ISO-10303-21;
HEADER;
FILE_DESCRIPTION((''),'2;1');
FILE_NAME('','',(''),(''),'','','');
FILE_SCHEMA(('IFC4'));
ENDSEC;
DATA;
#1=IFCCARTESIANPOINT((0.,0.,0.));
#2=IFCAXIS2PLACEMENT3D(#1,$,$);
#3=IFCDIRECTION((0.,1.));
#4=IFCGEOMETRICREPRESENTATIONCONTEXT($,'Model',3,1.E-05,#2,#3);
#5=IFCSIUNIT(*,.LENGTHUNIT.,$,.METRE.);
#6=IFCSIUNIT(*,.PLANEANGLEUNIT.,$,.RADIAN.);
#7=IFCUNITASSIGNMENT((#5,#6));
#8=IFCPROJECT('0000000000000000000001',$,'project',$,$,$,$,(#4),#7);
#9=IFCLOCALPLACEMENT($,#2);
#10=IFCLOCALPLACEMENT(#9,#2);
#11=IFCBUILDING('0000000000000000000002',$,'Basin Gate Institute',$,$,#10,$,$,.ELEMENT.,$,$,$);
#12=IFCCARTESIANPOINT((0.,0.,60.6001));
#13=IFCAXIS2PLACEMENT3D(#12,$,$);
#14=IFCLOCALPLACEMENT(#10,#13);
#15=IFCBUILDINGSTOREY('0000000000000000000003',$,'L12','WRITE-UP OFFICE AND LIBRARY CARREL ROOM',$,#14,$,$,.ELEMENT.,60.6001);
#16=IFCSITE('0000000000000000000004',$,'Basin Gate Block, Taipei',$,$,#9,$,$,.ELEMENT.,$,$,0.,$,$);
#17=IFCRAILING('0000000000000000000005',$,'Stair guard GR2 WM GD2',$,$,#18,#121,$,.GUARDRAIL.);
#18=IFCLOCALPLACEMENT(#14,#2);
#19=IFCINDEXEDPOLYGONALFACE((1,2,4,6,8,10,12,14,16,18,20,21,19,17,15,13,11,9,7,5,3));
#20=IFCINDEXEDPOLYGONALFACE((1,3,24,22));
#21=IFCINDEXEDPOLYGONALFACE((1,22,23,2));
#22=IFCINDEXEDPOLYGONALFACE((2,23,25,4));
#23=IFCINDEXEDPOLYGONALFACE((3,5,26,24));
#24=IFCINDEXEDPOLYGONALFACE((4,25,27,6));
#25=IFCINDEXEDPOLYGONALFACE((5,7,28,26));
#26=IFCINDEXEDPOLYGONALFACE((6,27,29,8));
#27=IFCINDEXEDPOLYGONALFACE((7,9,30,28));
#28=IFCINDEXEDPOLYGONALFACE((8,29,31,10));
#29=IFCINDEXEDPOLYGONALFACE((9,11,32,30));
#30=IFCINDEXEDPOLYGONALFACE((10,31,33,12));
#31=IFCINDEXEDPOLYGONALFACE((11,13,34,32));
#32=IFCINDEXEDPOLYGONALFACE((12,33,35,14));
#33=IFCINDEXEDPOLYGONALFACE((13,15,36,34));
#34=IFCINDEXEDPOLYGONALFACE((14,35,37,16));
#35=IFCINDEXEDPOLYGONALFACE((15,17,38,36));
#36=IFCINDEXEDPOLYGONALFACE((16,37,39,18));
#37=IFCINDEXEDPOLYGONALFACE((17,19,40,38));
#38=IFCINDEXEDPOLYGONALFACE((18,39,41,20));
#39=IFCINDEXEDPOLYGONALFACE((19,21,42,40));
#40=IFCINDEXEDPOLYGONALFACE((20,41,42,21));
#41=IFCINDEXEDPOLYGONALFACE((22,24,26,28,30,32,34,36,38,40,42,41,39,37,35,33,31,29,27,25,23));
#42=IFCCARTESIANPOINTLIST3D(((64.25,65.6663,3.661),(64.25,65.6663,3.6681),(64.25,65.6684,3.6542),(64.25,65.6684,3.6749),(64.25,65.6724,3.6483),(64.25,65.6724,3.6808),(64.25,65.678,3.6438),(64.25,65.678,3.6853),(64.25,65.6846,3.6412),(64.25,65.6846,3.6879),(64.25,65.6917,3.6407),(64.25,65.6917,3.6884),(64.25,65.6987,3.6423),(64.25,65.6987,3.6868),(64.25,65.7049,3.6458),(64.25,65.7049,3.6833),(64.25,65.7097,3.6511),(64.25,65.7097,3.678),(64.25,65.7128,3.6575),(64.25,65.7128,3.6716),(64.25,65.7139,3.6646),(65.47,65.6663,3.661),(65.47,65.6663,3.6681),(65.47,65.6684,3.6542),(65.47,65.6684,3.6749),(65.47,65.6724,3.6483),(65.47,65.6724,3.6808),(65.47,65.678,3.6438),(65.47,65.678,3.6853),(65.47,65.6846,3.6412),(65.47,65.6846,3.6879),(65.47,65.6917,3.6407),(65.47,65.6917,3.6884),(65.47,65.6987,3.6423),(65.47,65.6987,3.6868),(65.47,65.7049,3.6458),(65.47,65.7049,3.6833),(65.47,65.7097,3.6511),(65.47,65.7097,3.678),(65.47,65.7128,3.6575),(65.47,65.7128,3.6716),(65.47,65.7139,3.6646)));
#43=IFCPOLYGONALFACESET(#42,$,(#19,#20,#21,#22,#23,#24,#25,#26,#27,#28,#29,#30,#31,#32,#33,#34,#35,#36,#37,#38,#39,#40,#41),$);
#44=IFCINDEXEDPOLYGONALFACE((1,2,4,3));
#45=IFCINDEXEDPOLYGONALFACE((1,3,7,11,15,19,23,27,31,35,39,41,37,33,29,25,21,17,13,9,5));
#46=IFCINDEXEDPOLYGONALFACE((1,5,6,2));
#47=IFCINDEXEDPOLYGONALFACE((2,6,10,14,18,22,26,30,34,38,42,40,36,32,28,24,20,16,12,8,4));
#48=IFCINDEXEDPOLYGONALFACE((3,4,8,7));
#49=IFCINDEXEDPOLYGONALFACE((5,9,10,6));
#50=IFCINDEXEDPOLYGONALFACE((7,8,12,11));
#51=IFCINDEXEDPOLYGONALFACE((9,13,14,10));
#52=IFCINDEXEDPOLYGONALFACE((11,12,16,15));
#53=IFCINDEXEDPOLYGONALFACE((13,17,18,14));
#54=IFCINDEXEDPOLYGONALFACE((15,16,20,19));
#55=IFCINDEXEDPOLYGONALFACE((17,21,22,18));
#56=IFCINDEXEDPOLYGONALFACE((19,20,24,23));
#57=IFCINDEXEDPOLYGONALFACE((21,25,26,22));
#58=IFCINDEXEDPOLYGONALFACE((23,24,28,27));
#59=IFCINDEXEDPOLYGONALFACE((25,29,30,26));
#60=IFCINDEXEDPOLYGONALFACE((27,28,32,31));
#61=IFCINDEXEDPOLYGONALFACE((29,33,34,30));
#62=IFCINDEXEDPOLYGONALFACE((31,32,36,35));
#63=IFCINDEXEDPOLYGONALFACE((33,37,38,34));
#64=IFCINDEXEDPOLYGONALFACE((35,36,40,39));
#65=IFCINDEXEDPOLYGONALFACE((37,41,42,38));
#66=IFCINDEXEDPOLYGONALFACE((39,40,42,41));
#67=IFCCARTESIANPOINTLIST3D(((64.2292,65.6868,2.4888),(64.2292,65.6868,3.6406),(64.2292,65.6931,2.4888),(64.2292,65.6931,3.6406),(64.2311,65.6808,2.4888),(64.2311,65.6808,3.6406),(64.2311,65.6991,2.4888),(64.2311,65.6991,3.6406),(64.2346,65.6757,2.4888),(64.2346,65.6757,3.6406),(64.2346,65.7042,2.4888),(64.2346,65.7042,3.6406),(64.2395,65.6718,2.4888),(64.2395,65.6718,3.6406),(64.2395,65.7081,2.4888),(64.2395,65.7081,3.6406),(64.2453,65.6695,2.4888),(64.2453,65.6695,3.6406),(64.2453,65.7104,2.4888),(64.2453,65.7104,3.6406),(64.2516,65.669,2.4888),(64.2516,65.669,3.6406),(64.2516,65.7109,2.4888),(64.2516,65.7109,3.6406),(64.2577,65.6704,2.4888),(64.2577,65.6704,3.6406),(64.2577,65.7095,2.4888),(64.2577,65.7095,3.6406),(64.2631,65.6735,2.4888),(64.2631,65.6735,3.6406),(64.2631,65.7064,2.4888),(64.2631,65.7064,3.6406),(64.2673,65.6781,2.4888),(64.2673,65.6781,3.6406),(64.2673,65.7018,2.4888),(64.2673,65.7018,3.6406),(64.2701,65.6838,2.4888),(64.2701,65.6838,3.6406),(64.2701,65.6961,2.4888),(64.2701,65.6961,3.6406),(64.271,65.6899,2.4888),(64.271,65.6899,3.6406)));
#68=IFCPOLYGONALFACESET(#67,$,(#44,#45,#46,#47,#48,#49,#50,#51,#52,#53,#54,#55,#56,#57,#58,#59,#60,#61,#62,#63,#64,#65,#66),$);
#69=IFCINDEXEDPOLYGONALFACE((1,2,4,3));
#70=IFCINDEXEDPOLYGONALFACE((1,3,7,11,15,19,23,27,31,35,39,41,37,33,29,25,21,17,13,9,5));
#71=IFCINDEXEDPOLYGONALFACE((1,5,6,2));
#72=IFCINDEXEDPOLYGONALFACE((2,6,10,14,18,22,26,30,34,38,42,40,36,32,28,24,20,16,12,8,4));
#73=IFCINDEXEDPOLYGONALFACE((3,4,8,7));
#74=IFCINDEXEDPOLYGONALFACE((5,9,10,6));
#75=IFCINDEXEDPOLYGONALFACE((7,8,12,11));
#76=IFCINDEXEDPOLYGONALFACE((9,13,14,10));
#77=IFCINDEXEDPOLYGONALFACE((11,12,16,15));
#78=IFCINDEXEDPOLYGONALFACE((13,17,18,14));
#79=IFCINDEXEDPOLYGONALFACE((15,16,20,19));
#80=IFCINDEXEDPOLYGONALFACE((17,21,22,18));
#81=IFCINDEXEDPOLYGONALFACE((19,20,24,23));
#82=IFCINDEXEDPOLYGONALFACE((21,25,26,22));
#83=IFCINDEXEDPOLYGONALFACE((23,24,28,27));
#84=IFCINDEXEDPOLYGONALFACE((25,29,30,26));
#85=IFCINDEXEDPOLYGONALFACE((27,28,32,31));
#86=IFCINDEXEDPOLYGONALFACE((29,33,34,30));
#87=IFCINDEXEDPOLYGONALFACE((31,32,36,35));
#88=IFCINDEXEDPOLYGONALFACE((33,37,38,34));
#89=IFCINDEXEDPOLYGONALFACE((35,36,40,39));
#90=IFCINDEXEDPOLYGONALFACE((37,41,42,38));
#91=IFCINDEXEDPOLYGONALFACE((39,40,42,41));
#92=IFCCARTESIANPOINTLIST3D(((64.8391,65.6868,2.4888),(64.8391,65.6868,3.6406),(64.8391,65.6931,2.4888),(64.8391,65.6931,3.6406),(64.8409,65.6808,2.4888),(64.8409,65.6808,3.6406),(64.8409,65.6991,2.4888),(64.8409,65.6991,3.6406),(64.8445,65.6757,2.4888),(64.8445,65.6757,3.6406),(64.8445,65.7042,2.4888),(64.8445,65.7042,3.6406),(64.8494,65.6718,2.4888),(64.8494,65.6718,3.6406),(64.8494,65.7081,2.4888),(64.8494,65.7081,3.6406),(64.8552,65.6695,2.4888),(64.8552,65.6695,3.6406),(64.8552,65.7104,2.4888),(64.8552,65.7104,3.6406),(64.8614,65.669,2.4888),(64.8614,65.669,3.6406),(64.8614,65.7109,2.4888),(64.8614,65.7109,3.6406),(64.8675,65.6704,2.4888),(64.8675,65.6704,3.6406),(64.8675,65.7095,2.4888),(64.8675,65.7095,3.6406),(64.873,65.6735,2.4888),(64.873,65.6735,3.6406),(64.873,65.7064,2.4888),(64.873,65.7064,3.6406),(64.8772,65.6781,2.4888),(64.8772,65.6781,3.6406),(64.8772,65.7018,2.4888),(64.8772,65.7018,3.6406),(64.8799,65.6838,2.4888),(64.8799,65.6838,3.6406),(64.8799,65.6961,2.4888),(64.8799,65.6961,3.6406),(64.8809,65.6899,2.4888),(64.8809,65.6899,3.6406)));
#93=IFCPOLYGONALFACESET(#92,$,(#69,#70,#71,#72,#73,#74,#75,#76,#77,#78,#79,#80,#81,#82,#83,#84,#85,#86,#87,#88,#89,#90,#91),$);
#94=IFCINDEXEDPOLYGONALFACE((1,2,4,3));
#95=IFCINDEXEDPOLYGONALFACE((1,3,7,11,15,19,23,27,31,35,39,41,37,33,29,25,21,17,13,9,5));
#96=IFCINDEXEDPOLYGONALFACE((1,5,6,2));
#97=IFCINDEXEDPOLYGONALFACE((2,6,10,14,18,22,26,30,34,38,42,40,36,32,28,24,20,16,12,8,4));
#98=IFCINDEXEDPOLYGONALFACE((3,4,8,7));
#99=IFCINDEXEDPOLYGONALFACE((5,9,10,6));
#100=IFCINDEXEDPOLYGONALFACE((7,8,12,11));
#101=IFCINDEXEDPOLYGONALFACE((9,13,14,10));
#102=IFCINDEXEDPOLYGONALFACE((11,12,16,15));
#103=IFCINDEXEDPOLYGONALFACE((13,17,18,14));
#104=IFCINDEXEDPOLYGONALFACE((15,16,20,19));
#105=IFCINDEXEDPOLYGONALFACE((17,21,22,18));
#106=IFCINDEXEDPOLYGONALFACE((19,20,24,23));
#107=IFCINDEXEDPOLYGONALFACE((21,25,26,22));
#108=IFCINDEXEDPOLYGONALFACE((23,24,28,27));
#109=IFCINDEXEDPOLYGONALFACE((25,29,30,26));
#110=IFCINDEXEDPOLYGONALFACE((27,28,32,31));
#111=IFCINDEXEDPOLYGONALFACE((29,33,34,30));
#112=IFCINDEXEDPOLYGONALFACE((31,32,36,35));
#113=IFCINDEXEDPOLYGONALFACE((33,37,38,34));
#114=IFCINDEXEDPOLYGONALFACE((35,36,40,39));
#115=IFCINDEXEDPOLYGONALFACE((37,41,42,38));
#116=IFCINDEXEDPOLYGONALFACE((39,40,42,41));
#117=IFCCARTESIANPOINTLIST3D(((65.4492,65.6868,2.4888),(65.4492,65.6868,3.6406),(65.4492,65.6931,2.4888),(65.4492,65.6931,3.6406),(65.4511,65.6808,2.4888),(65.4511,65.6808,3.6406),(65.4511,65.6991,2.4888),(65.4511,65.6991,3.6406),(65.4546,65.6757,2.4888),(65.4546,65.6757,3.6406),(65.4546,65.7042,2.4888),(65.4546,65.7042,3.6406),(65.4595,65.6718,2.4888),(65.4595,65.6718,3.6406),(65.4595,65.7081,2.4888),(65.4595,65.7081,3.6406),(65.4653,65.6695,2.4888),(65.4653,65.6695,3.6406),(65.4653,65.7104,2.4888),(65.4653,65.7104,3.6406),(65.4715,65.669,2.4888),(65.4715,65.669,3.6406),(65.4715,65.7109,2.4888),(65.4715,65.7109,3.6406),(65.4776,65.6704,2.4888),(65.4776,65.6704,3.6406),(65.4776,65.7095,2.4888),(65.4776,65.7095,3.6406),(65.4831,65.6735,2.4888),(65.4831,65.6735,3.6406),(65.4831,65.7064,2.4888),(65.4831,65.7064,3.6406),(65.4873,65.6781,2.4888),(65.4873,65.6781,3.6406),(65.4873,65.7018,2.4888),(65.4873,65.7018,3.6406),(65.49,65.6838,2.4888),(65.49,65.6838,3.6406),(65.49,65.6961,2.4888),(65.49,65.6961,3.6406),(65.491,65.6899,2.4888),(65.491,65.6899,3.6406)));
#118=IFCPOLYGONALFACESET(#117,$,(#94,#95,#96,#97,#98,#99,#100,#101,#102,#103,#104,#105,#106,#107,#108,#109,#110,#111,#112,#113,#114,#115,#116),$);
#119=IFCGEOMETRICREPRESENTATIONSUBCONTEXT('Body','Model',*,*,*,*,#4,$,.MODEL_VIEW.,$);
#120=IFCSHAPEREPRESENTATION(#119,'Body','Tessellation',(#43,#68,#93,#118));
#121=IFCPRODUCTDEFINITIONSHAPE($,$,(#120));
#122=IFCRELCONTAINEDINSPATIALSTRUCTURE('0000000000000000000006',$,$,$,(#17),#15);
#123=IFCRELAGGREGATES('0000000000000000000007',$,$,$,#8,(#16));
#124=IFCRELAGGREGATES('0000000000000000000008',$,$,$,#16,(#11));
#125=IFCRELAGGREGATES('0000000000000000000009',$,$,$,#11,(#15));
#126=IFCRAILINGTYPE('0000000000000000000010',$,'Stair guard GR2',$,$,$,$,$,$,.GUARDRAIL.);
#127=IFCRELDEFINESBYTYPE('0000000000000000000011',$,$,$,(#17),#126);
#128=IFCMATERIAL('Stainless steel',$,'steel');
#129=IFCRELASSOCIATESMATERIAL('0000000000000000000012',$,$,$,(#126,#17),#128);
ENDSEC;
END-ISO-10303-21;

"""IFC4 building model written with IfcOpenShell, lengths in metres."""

from ifc_helpers import new_model, si_unit, direction, frame, origin, origin_2d, place, context, subcontext, project, spatial, circle, extrude, material, type_object, element, save


model = new_model("IFC4")

# Units and contexts
model_context = context("Model", 3, precision=1e-05, world=origin(), true_north=direction((0.0, 1.0)))
body_context = subcontext(model_context, "Body", "Model", "MODEL_VIEW")
ifc_project = project(units=[si_unit("LENGTHUNIT", "METRE"), si_unit("PLANEANGLEUNIT", "RADIAN")], contexts=[model_context])

# Site, building, storey
site_placement = place(None, origin())
site = spatial("IfcSite", under=ifc_project, at=site_placement, Name="Basin Gate Block, Taipei", CompositionType="ELEMENT", RefElevation=0.0)
building_placement = place(site_placement, origin())
building = spatial("IfcBuilding", under=site, at=building_placement, Name="Basin Gate Institute", CompositionType="ELEMENT")
storey_placement = place(building_placement, frame((0.0, 0.0, 60.6001)))
storey = spatial("IfcBuildingStorey", under=building, at=storey_placement, Name="L12", Description="WRITE-UP OFFICE AND LIBRARY CARREL ROOM", CompositionType="ELEMENT", Elevation=60.6001)

# Railing
ifc_material_1 = material(Name="Stainless steel", Category="steel")
railing_type_1 = type_object("IfcRailingType", Name="Stair guard GR2", PredefinedType="GUARDRAIL", material=ifc_material_1)
railing_1_placement = place(storey_placement, frame((64.25, 65.6899, 2.4888)))
element("IfcRailing", 1, at=railing_1_placement, inside=storey, type_object=railing_type_1, material=ifc_material_1, Name="Stair guard GR2 WM GD2", PredefinedType="GUARDRAIL", context=body_context, shape_type="SweptSolid", body=[
    extrude(circle(Radius=0.0239, at=origin_2d()), frame((0.0, 0.0, 1.1758), z_axis=(1.0, 0.0, 0.0), x_axis=(0.0, 1.0, 0.0)), (0.0, 0.0, 1.0), 1.22),
    extrude(circle(Radius=0.021, at=origin_2d()), origin(), (0.0, 0.0, 1.0), 1.1519),
    extrude(circle(Radius=0.021, at=origin_2d()), frame((0.6099, 0.0, 0.0)), (0.0, 0.0, 1.0), 1.1519),
    extrude(circle(Radius=0.021, at=origin_2d()), frame((1.22, 0.0, 0.0)), (0.0, 0.0, 1.0), 1.1519),
])

save(model, "model.ifc")
